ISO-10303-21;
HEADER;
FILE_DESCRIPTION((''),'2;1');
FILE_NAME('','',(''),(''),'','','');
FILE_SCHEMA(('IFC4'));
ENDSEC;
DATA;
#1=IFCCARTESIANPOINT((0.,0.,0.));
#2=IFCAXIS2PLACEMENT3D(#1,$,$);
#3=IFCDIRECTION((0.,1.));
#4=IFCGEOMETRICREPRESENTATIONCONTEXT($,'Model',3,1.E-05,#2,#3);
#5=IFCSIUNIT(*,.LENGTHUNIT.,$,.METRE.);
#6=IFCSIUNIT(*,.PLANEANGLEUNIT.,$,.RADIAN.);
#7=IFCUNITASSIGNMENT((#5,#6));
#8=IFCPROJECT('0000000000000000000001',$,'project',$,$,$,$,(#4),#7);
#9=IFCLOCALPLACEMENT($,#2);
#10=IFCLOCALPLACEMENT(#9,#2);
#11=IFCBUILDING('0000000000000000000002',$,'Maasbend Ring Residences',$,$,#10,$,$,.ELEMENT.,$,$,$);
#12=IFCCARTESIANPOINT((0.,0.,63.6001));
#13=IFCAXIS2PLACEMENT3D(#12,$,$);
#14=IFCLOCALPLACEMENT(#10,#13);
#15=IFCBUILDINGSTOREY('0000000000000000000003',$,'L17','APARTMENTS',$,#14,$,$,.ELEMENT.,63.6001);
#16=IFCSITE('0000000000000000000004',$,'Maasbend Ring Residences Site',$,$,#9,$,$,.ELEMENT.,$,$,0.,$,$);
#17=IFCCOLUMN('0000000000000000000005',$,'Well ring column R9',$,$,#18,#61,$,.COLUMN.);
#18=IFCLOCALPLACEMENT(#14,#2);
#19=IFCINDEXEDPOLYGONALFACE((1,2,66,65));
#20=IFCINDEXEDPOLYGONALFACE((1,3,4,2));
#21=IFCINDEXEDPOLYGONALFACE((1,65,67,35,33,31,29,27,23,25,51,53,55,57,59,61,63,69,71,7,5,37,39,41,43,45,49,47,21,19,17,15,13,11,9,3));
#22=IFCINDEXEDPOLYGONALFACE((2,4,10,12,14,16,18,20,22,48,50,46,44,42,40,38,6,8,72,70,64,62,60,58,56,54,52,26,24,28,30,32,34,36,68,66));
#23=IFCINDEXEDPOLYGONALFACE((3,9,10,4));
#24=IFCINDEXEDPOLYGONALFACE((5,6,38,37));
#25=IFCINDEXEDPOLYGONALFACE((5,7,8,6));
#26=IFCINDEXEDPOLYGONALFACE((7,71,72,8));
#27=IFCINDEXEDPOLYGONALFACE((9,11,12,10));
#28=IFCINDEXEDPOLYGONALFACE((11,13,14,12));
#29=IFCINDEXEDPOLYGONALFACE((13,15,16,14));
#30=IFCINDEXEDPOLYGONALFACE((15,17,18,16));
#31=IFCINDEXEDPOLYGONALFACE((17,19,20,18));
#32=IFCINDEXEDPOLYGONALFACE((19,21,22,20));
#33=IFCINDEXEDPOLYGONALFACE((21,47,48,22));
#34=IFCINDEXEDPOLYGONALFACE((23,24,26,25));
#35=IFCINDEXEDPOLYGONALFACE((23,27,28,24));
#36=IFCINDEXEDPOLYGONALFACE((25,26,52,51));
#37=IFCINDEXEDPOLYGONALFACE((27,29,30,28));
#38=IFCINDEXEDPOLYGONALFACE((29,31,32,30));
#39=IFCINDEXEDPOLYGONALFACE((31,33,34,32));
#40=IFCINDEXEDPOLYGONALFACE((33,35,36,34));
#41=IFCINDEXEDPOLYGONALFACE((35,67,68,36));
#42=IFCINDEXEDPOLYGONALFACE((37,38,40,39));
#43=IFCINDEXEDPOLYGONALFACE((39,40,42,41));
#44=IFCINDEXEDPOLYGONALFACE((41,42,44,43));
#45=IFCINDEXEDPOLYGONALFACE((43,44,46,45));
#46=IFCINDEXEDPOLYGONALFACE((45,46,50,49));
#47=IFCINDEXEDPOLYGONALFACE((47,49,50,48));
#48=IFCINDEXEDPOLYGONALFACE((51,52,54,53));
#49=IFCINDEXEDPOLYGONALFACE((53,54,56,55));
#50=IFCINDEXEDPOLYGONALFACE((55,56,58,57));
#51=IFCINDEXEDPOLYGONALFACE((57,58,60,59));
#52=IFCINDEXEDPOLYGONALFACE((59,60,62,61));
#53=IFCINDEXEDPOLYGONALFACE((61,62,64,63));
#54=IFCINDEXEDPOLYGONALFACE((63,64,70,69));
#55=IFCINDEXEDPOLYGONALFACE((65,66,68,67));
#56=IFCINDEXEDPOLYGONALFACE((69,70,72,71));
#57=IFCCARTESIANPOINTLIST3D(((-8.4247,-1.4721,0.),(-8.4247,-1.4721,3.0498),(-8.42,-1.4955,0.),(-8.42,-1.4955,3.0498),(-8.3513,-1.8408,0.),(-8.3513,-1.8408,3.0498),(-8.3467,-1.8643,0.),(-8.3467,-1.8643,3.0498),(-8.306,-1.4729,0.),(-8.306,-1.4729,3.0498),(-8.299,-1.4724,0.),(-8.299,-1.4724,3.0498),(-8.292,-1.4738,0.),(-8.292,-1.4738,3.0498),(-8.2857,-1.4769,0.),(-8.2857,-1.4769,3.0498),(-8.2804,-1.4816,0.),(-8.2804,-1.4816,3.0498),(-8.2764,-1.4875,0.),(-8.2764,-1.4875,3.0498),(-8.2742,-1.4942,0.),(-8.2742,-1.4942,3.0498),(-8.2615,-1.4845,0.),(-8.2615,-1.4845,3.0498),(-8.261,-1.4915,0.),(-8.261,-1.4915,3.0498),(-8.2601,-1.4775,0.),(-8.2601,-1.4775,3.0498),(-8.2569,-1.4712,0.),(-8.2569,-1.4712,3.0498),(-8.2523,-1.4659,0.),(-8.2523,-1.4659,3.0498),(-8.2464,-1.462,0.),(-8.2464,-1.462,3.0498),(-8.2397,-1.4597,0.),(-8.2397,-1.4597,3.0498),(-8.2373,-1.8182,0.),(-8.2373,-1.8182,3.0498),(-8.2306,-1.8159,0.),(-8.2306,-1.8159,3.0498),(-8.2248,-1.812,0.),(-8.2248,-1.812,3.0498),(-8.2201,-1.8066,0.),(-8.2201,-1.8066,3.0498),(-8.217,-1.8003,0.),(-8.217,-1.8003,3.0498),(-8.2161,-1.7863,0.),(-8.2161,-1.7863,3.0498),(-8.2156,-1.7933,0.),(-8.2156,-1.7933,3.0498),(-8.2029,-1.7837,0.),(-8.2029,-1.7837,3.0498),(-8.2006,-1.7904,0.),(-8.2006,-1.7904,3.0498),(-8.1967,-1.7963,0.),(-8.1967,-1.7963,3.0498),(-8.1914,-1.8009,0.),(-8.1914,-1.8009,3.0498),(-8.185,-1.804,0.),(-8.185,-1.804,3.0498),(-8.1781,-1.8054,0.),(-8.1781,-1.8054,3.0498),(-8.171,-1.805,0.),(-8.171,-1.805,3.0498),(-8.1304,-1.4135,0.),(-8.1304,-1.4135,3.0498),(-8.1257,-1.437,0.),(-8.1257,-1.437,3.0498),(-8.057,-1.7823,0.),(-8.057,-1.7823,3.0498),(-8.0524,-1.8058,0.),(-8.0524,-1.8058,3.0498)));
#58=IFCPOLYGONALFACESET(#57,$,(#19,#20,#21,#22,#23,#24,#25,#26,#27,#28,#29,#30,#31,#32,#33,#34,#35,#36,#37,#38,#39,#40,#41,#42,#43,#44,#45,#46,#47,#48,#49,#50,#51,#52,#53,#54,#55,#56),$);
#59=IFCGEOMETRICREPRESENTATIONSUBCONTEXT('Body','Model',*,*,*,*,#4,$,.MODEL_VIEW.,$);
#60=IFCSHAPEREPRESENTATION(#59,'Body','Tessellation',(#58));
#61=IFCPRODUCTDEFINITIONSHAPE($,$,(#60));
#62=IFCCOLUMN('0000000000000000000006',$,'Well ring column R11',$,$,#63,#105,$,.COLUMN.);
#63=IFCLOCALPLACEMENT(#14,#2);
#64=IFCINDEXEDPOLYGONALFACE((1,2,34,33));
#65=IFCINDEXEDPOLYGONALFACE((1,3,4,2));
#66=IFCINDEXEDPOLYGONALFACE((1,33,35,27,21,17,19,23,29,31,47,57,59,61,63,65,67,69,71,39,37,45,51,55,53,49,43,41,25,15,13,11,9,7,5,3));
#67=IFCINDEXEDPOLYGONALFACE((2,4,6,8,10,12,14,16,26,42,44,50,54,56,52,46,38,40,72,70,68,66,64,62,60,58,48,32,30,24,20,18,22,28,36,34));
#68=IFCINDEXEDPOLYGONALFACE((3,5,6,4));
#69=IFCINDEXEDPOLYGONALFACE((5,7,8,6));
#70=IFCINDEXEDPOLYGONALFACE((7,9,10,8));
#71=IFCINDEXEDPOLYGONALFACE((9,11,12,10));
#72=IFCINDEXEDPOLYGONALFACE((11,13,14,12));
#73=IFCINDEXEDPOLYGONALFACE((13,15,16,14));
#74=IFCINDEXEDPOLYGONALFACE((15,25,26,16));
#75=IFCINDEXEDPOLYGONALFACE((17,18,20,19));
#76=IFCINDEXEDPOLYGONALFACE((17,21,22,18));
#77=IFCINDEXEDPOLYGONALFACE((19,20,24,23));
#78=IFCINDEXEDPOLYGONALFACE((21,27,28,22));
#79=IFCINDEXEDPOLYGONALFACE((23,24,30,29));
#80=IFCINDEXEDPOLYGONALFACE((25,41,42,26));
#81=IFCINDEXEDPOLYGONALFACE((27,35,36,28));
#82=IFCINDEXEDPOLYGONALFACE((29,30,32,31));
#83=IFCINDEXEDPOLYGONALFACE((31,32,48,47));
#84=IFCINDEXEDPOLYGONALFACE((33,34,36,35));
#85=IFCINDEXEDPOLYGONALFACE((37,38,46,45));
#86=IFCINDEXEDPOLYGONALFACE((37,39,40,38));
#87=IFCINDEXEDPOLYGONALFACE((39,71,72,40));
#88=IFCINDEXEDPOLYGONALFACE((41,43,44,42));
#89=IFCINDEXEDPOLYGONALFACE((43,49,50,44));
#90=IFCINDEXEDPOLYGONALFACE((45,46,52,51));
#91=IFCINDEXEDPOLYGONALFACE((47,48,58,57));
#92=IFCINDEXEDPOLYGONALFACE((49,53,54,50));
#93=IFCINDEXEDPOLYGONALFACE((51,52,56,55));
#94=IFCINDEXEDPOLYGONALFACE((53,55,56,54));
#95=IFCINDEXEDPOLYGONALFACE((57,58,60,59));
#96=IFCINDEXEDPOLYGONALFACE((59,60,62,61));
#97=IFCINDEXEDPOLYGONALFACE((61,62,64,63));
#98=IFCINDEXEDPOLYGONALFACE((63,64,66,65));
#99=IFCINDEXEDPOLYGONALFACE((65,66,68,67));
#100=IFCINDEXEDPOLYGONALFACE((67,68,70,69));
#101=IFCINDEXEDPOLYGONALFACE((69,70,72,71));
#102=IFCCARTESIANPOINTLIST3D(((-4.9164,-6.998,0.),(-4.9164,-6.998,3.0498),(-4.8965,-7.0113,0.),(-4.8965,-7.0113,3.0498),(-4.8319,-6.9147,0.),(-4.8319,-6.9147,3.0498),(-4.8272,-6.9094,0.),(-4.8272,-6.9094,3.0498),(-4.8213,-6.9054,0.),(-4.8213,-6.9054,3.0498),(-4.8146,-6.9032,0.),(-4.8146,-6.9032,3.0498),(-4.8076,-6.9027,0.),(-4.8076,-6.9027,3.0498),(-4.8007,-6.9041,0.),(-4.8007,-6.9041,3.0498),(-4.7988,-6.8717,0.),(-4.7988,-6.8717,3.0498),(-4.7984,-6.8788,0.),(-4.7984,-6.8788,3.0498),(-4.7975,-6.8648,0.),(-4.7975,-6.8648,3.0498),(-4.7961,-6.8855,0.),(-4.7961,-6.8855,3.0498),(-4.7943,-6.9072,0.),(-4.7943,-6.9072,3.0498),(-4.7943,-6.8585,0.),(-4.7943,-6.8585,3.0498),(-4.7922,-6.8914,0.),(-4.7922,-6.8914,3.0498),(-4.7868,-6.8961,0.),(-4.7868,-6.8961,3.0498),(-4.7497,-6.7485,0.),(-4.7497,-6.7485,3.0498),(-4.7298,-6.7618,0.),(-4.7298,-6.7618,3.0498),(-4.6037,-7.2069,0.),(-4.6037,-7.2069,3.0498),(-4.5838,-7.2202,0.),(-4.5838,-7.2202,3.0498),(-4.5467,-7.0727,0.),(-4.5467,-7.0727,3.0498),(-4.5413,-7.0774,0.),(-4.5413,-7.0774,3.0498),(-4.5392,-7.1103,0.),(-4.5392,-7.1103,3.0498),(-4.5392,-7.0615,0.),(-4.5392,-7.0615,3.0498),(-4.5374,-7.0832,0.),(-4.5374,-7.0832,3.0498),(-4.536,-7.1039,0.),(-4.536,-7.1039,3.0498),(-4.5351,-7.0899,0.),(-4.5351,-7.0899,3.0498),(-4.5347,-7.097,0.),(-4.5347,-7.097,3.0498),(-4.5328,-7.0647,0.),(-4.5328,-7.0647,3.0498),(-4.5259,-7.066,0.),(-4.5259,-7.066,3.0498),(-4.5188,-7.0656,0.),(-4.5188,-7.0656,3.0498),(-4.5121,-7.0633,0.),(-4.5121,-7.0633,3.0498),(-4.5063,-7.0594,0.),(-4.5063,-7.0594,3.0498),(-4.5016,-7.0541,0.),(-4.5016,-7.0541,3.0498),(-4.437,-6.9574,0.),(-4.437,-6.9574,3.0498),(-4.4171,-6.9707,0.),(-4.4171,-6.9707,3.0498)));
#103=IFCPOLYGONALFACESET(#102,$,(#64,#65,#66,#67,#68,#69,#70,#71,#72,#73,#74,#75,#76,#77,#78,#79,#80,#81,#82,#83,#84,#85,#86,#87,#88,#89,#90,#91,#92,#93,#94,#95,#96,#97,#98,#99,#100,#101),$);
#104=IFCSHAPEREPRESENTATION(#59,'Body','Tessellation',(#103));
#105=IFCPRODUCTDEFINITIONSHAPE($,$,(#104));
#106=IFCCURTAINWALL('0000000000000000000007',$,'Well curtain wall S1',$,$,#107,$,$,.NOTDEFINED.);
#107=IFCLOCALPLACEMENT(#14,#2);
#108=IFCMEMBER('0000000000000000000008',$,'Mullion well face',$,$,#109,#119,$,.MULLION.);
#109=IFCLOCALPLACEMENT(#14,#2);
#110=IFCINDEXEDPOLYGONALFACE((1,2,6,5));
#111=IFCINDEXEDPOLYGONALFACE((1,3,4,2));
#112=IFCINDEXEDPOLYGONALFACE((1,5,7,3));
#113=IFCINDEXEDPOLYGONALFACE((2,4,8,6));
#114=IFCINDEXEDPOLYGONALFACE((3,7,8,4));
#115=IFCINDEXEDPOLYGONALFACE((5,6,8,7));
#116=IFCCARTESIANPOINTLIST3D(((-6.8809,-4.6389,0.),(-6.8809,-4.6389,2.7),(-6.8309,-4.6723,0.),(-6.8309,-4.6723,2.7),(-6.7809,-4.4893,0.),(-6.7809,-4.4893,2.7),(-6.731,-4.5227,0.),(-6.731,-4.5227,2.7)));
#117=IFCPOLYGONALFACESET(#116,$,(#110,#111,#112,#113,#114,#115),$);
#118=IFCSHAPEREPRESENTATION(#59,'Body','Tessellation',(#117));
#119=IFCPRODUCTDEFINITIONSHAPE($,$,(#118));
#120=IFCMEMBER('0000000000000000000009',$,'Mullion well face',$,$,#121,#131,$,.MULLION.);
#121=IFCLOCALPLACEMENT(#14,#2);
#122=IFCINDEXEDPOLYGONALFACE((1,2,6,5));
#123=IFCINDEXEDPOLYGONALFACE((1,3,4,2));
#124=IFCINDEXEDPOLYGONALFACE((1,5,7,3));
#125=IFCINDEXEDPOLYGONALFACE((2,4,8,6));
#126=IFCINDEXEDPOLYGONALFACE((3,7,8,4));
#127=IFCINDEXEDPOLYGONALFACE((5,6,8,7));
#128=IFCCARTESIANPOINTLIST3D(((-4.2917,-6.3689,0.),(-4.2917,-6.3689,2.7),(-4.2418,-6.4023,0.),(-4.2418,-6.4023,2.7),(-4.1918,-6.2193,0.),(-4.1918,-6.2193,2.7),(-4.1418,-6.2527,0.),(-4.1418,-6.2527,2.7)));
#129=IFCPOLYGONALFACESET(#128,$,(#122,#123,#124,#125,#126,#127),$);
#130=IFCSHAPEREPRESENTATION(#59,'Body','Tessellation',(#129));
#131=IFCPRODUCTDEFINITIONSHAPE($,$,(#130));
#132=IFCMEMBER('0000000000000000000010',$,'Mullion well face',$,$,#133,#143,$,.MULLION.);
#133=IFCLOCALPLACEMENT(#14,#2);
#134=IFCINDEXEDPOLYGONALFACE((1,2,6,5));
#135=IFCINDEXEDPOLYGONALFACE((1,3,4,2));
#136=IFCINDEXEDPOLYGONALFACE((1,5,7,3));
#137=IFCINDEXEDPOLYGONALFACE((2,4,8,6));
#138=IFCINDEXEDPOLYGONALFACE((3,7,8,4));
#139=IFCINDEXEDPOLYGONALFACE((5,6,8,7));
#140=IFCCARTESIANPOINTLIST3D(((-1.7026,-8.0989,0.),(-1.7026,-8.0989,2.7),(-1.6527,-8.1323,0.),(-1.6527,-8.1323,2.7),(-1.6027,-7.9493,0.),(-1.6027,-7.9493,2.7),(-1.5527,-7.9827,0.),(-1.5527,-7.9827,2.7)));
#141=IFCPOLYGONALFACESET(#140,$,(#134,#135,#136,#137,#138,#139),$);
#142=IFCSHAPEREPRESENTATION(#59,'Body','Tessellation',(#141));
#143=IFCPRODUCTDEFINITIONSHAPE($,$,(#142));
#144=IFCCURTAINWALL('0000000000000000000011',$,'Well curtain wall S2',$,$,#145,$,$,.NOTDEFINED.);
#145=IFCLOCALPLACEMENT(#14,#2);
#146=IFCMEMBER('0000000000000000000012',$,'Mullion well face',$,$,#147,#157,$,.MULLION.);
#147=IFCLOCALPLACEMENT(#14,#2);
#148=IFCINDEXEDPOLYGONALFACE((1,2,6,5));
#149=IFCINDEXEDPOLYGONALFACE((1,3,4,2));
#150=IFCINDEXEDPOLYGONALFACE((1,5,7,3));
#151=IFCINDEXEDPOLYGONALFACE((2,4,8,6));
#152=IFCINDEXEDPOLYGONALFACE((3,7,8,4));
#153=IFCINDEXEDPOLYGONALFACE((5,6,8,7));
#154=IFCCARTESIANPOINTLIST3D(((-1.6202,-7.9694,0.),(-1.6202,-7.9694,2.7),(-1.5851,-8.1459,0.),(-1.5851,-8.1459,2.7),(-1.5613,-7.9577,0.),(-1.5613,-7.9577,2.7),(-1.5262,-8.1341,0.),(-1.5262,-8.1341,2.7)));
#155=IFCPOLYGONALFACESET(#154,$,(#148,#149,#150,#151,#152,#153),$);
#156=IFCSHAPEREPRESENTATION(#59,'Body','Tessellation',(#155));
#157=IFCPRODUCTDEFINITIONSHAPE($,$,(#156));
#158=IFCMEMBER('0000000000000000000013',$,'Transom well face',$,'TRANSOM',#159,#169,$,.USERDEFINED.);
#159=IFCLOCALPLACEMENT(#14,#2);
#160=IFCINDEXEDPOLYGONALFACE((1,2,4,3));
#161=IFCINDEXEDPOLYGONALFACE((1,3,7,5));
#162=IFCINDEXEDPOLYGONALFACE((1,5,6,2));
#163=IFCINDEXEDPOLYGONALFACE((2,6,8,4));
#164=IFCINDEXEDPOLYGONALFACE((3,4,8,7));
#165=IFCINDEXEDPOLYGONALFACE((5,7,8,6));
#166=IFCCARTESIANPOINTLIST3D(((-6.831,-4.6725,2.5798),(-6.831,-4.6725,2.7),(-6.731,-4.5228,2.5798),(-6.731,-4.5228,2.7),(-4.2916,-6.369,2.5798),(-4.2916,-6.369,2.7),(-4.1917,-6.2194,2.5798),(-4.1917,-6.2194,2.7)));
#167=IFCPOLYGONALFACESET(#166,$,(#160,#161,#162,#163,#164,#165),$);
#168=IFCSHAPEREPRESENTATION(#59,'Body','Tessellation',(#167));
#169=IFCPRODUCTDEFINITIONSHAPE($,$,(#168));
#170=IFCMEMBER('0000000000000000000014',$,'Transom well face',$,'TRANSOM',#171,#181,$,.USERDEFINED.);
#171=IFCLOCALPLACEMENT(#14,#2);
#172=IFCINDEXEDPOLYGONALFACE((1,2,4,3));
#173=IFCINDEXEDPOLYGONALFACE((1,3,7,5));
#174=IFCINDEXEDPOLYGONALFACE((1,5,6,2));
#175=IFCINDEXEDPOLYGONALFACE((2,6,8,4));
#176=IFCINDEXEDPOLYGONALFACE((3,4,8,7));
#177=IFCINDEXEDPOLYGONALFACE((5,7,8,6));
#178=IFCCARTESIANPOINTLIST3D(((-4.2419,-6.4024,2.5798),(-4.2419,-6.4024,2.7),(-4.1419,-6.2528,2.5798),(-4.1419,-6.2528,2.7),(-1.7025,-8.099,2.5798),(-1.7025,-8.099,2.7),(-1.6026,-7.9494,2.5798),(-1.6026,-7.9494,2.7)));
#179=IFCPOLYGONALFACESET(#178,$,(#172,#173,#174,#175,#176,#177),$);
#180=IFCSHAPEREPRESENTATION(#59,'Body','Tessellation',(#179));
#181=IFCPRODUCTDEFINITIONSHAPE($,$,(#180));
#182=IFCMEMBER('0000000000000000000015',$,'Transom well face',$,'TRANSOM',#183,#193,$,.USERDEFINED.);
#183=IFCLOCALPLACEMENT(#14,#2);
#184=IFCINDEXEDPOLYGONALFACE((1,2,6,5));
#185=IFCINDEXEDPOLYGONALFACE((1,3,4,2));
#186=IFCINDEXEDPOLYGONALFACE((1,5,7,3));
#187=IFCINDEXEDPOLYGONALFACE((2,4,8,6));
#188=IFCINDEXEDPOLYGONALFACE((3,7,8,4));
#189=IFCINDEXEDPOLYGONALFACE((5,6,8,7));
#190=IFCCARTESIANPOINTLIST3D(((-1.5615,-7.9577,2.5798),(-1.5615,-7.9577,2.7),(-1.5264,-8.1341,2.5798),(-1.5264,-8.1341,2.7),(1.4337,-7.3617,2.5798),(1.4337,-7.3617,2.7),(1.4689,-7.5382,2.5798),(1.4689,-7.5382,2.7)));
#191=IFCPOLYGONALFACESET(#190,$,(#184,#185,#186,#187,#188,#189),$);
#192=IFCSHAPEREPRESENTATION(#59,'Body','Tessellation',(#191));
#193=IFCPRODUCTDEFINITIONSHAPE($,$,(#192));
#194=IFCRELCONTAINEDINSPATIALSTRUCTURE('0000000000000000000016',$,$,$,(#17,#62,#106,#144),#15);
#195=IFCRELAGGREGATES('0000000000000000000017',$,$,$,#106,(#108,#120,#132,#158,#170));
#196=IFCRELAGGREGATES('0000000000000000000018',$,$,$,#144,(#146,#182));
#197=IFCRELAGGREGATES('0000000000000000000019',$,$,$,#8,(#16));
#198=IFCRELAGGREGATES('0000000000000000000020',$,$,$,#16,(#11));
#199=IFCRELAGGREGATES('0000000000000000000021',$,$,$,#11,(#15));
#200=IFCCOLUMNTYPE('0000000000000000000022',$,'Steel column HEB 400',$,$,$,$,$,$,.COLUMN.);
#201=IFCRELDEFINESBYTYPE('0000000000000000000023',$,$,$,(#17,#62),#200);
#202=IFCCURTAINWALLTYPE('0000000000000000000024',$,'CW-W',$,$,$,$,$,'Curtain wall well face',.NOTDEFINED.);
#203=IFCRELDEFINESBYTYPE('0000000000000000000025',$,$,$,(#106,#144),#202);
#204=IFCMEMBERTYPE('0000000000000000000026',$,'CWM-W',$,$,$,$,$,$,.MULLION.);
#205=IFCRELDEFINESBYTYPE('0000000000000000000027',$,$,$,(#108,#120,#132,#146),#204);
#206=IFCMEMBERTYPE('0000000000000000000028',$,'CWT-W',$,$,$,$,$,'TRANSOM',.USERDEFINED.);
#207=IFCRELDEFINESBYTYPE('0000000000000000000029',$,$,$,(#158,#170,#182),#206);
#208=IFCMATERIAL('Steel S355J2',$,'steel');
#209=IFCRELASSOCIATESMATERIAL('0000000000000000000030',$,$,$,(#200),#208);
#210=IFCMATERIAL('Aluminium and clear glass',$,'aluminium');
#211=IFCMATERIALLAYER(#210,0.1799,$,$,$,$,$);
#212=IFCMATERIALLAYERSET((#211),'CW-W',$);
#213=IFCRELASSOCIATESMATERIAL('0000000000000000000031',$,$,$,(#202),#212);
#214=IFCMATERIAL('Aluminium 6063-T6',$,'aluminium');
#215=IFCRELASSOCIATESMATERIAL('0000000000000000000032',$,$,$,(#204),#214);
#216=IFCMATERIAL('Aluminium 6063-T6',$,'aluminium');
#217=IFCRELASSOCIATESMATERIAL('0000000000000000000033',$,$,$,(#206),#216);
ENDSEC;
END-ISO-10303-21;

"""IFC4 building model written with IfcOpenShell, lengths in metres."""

from ifc_helpers import new_model, si_unit, direction, frame, origin, origin_2d, place, context, subcontext, project, spatial, rectangle, i_section, extrude, material, layer, layer_set, material_profile, profile_set, type_object, element, aggregate, save


model = new_model("IFC4")

# Units and contexts
model_context = context("Model", 3, precision=1e-05, world=origin(), true_north=direction((0.0, 1.0)))
body_context = subcontext(model_context, "Body", "Model", "MODEL_VIEW")
ifc_project = project(units=[si_unit("LENGTHUNIT", "METRE"), si_unit("PLANEANGLEUNIT", "RADIAN")], contexts=[model_context])

# Site, building, storey
site_placement = place(None, origin())
site = spatial("IfcSite", under=ifc_project, at=site_placement, Name="Maasbend Ring Residences Site", CompositionType="ELEMENT", RefElevation=0.0)
building_placement = place(site_placement, origin())
building = spatial("IfcBuilding", under=site, at=building_placement, Name="Maasbend Ring Residences", CompositionType="ELEMENT")
storey_placement = place(building_placement, frame((0.0, 0.0, 63.6001)))
storey = spatial("IfcBuildingStorey", under=building, at=storey_placement, Name="L17", Description="APARTMENTS", CompositionType="ELEMENT", Elevation=63.6001)

# Columns
ifc_material_1 = material(Name="Steel S355J2", Category="steel")
ifc_material_profile_1 = material_profile(ifc_material_1, i_section(OverallWidth=0.3, OverallDepth=0.3999, WebThickness=0.0134, FlangeThickness=0.0239, FilletRadius=0.0271, at=origin_2d()), Name="HEB 400")
ifc_profile_set_1 = profile_set([ifc_material_profile_1], Name="Steel S355J2")
column_type = type_object("IfcColumnType", Name="Steel column HEB 400", PredefinedType="COLUMN", material=ifc_profile_set_1)
for number, where, z_axis, x_axis, name in (
    (1, (-8.2385, -1.6389, 0.0), (0.0, 0.0, 1.0), (-0.980785, -0.19509, 0.0), "Well ring column R9"),
    (2, (-4.6667, -6.9844, 0.0), (0.0, 0.0, 1.0), (-0.55557, -0.83147, 0.0), "Well ring column R11"),
):
    element("IfcColumn", number, at=place(storey_placement, frame(where, z_axis=z_axis, x_axis=x_axis)), inside=storey, type_object=column_type, Name=name, PredefinedType="COLUMN", context=body_context, shape_type="SweptSolid", body=[
        extrude(i_section(OverallWidth=0.3, OverallDepth=0.3999, WebThickness=0.0134, FlangeThickness=0.0239, FilletRadius=0.0271, at=origin_2d()), origin(), (0.0, 0.0, 1.0), 3.0498),
    ])

# Curtain wall, members
ifc_material_2 = material(Name="Aluminium and clear glass", Category="aluminium")
ifc_layer_1 = layer(ifc_material_2, 0.1799)
ifc_layer_set_1 = layer_set([ifc_layer_1], Name="CW-W")
curtain_wall_type = type_object("IfcCurtainWallType", Name="CW-W", ElementType="Curtain wall well face", PredefinedType="NOTDEFINED", material=ifc_layer_set_1)
curtain_wall_1_placement = place(storey_placement, origin())
curtain_wall_1 = element("IfcCurtainWall", 3, at=curtain_wall_1_placement, inside=storey, type_object=curtain_wall_type, Name="Well curtain wall S1", PredefinedType="NOTDEFINED")
ifc_material_3 = material(Name="Aluminium 6063-T6", Category="aluminium")
ifc_material_profile_2 = material_profile(ifc_material_3, rectangle(XDim=0.1799, YDim=0.0601, at=origin_2d()), Name="AL 180x60")
ifc_profile_set_2 = profile_set([ifc_material_profile_2], Name="Aluminium 6063-T6")
member_type_1 = type_object("IfcMemberType", Name="CWM-W", PredefinedType="MULLION", material=ifc_profile_set_2)
member_1_placement = place(storey_placement, frame((-6.8059, -4.5808, 0.0), z_axis=(0.0, 0.0, 1.0), x_axis=(0.55557, 0.83147, 0.0)))
member_1 = element("IfcMember", 4, at=member_1_placement, type_object=member_type_1, Name="Mullion well face", PredefinedType="MULLION", context=body_context, shape_type="SweptSolid", body=[
    extrude(rectangle(XDim=0.1799, YDim=0.0601, at=origin_2d()), origin(), (0.0, 0.0, 1.0), 2.7),
])
member_2_placement = place(storey_placement, frame((-4.2168, -6.3108, 0.0), z_axis=(0.0, 0.0, 1.0), x_axis=(0.55557, 0.83147, 0.0)))
member_2 = element("IfcMember", 5, at=member_2_placement, type_object=member_type_1, Name="Mullion well face", PredefinedType="MULLION", context=body_context, shape_type="SweptSolid", body=[
    extrude(rectangle(XDim=0.1799, YDim=0.0601, at=origin_2d()), origin(), (0.0, 0.0, 1.0), 2.7),
])
member_3_placement = place(storey_placement, frame((-1.6277, -8.0408, 0.0), z_axis=(0.0, 0.0, 1.0), x_axis=(0.55557, 0.83147, 0.0)))
member_3 = element("IfcMember", 6, at=member_3_placement, type_object=member_type_1, Name="Mullion well face", PredefinedType="MULLION", context=body_context, shape_type="SweptSolid", body=[
    extrude(rectangle(XDim=0.1799, YDim=0.0601, at=origin_2d()), origin(), (0.0, 0.0, 1.0), 2.7),
])

# Curtain wall, member
curtain_wall_2_placement = place(storey_placement, origin())
curtain_wall_2 = element("IfcCurtainWall", 7, at=curtain_wall_2_placement, inside=storey, type_object=curtain_wall_type, Name="Well curtain wall S2", PredefinedType="NOTDEFINED")
member_4_placement = place(storey_placement, frame((-1.5732, -8.0518, 0.0), z_axis=(0.0, 0.0, 1.0), x_axis=(-0.19509, 0.980785, 0.0)))
member_4 = element("IfcMember", 8, at=member_4_placement, type_object=member_type_1, Name="Mullion well face", PredefinedType="MULLION", context=body_context, shape_type="SweptSolid", body=[
    extrude(rectangle(XDim=0.1799, YDim=0.0601, at=origin_2d()), origin(), (0.0, 0.0, 1.0), 2.7),
])

# Members
ifc_material_4 = material(Name="Aluminium 6063-T6", Category="aluminium")
ifc_material_profile_3 = material_profile(ifc_material_4, rectangle(XDim=0.1799, YDim=0.1201, at=origin_2d()), Name="AL 180x120")
ifc_profile_set_3 = profile_set([ifc_material_profile_3], Name="Aluminium 6063-T6")
member_type_2 = type_object("IfcMemberType", Name="CWT-W", ElementType="TRANSOM", PredefinedType="USERDEFINED", material=ifc_profile_set_3)
member_5_placement = place(storey_placement, frame((-6.781, -4.5977, 2.6399), z_axis=(0.831496, -0.55553, 0.0), x_axis=(0.55553, 0.831496, 0.0)))
member_5 = element("IfcMember", 9, at=member_5_placement, type_object=member_type_2, Name="Transom well face", ObjectType="TRANSOM", PredefinedType="USERDEFINED", context=body_context, shape_type="SweptSolid", body=[
    extrude(rectangle(XDim=0.1799, YDim=0.1201, at=origin_2d()), origin(), (0.0, 0.0, 1.0), 3.054),
])
member_6_placement = place(storey_placement, frame((-4.1919, -6.3276, 2.6399), z_axis=(0.831496, -0.55553, 0.0), x_axis=(0.55553, 0.831496, 0.0)))
member_6 = element("IfcMember", 10, at=member_6_placement, type_object=member_type_2, Name="Transom well face", ObjectType="TRANSOM", PredefinedType="USERDEFINED", context=body_context, shape_type="SweptSolid", body=[
    extrude(rectangle(XDim=0.1799, YDim=0.1201, at=origin_2d()), origin(), (0.0, 0.0, 1.0), 3.054),
])
member_7_placement = place(storey_placement, frame((-1.5439, -8.0459, 2.6399), z_axis=(0.980777, 0.195132, 0.0), x_axis=(-0.195132, 0.980777, 0.0)))
member_7 = element("IfcMember", 11, at=member_7_placement, type_object=member_type_2, Name="Transom well face", ObjectType="TRANSOM", PredefinedType="USERDEFINED", context=body_context, shape_type="SweptSolid", body=[
    extrude(rectangle(XDim=0.1799, YDim=0.1201, at=origin_2d()), origin(), (0.0, 0.0, 1.0), 3.054),
])

aggregate(curtain_wall_1, [member_1, member_2, member_3, member_5, member_6])
aggregate(curtain_wall_2, [member_4, member_7])

save(model, "model.ifc")
